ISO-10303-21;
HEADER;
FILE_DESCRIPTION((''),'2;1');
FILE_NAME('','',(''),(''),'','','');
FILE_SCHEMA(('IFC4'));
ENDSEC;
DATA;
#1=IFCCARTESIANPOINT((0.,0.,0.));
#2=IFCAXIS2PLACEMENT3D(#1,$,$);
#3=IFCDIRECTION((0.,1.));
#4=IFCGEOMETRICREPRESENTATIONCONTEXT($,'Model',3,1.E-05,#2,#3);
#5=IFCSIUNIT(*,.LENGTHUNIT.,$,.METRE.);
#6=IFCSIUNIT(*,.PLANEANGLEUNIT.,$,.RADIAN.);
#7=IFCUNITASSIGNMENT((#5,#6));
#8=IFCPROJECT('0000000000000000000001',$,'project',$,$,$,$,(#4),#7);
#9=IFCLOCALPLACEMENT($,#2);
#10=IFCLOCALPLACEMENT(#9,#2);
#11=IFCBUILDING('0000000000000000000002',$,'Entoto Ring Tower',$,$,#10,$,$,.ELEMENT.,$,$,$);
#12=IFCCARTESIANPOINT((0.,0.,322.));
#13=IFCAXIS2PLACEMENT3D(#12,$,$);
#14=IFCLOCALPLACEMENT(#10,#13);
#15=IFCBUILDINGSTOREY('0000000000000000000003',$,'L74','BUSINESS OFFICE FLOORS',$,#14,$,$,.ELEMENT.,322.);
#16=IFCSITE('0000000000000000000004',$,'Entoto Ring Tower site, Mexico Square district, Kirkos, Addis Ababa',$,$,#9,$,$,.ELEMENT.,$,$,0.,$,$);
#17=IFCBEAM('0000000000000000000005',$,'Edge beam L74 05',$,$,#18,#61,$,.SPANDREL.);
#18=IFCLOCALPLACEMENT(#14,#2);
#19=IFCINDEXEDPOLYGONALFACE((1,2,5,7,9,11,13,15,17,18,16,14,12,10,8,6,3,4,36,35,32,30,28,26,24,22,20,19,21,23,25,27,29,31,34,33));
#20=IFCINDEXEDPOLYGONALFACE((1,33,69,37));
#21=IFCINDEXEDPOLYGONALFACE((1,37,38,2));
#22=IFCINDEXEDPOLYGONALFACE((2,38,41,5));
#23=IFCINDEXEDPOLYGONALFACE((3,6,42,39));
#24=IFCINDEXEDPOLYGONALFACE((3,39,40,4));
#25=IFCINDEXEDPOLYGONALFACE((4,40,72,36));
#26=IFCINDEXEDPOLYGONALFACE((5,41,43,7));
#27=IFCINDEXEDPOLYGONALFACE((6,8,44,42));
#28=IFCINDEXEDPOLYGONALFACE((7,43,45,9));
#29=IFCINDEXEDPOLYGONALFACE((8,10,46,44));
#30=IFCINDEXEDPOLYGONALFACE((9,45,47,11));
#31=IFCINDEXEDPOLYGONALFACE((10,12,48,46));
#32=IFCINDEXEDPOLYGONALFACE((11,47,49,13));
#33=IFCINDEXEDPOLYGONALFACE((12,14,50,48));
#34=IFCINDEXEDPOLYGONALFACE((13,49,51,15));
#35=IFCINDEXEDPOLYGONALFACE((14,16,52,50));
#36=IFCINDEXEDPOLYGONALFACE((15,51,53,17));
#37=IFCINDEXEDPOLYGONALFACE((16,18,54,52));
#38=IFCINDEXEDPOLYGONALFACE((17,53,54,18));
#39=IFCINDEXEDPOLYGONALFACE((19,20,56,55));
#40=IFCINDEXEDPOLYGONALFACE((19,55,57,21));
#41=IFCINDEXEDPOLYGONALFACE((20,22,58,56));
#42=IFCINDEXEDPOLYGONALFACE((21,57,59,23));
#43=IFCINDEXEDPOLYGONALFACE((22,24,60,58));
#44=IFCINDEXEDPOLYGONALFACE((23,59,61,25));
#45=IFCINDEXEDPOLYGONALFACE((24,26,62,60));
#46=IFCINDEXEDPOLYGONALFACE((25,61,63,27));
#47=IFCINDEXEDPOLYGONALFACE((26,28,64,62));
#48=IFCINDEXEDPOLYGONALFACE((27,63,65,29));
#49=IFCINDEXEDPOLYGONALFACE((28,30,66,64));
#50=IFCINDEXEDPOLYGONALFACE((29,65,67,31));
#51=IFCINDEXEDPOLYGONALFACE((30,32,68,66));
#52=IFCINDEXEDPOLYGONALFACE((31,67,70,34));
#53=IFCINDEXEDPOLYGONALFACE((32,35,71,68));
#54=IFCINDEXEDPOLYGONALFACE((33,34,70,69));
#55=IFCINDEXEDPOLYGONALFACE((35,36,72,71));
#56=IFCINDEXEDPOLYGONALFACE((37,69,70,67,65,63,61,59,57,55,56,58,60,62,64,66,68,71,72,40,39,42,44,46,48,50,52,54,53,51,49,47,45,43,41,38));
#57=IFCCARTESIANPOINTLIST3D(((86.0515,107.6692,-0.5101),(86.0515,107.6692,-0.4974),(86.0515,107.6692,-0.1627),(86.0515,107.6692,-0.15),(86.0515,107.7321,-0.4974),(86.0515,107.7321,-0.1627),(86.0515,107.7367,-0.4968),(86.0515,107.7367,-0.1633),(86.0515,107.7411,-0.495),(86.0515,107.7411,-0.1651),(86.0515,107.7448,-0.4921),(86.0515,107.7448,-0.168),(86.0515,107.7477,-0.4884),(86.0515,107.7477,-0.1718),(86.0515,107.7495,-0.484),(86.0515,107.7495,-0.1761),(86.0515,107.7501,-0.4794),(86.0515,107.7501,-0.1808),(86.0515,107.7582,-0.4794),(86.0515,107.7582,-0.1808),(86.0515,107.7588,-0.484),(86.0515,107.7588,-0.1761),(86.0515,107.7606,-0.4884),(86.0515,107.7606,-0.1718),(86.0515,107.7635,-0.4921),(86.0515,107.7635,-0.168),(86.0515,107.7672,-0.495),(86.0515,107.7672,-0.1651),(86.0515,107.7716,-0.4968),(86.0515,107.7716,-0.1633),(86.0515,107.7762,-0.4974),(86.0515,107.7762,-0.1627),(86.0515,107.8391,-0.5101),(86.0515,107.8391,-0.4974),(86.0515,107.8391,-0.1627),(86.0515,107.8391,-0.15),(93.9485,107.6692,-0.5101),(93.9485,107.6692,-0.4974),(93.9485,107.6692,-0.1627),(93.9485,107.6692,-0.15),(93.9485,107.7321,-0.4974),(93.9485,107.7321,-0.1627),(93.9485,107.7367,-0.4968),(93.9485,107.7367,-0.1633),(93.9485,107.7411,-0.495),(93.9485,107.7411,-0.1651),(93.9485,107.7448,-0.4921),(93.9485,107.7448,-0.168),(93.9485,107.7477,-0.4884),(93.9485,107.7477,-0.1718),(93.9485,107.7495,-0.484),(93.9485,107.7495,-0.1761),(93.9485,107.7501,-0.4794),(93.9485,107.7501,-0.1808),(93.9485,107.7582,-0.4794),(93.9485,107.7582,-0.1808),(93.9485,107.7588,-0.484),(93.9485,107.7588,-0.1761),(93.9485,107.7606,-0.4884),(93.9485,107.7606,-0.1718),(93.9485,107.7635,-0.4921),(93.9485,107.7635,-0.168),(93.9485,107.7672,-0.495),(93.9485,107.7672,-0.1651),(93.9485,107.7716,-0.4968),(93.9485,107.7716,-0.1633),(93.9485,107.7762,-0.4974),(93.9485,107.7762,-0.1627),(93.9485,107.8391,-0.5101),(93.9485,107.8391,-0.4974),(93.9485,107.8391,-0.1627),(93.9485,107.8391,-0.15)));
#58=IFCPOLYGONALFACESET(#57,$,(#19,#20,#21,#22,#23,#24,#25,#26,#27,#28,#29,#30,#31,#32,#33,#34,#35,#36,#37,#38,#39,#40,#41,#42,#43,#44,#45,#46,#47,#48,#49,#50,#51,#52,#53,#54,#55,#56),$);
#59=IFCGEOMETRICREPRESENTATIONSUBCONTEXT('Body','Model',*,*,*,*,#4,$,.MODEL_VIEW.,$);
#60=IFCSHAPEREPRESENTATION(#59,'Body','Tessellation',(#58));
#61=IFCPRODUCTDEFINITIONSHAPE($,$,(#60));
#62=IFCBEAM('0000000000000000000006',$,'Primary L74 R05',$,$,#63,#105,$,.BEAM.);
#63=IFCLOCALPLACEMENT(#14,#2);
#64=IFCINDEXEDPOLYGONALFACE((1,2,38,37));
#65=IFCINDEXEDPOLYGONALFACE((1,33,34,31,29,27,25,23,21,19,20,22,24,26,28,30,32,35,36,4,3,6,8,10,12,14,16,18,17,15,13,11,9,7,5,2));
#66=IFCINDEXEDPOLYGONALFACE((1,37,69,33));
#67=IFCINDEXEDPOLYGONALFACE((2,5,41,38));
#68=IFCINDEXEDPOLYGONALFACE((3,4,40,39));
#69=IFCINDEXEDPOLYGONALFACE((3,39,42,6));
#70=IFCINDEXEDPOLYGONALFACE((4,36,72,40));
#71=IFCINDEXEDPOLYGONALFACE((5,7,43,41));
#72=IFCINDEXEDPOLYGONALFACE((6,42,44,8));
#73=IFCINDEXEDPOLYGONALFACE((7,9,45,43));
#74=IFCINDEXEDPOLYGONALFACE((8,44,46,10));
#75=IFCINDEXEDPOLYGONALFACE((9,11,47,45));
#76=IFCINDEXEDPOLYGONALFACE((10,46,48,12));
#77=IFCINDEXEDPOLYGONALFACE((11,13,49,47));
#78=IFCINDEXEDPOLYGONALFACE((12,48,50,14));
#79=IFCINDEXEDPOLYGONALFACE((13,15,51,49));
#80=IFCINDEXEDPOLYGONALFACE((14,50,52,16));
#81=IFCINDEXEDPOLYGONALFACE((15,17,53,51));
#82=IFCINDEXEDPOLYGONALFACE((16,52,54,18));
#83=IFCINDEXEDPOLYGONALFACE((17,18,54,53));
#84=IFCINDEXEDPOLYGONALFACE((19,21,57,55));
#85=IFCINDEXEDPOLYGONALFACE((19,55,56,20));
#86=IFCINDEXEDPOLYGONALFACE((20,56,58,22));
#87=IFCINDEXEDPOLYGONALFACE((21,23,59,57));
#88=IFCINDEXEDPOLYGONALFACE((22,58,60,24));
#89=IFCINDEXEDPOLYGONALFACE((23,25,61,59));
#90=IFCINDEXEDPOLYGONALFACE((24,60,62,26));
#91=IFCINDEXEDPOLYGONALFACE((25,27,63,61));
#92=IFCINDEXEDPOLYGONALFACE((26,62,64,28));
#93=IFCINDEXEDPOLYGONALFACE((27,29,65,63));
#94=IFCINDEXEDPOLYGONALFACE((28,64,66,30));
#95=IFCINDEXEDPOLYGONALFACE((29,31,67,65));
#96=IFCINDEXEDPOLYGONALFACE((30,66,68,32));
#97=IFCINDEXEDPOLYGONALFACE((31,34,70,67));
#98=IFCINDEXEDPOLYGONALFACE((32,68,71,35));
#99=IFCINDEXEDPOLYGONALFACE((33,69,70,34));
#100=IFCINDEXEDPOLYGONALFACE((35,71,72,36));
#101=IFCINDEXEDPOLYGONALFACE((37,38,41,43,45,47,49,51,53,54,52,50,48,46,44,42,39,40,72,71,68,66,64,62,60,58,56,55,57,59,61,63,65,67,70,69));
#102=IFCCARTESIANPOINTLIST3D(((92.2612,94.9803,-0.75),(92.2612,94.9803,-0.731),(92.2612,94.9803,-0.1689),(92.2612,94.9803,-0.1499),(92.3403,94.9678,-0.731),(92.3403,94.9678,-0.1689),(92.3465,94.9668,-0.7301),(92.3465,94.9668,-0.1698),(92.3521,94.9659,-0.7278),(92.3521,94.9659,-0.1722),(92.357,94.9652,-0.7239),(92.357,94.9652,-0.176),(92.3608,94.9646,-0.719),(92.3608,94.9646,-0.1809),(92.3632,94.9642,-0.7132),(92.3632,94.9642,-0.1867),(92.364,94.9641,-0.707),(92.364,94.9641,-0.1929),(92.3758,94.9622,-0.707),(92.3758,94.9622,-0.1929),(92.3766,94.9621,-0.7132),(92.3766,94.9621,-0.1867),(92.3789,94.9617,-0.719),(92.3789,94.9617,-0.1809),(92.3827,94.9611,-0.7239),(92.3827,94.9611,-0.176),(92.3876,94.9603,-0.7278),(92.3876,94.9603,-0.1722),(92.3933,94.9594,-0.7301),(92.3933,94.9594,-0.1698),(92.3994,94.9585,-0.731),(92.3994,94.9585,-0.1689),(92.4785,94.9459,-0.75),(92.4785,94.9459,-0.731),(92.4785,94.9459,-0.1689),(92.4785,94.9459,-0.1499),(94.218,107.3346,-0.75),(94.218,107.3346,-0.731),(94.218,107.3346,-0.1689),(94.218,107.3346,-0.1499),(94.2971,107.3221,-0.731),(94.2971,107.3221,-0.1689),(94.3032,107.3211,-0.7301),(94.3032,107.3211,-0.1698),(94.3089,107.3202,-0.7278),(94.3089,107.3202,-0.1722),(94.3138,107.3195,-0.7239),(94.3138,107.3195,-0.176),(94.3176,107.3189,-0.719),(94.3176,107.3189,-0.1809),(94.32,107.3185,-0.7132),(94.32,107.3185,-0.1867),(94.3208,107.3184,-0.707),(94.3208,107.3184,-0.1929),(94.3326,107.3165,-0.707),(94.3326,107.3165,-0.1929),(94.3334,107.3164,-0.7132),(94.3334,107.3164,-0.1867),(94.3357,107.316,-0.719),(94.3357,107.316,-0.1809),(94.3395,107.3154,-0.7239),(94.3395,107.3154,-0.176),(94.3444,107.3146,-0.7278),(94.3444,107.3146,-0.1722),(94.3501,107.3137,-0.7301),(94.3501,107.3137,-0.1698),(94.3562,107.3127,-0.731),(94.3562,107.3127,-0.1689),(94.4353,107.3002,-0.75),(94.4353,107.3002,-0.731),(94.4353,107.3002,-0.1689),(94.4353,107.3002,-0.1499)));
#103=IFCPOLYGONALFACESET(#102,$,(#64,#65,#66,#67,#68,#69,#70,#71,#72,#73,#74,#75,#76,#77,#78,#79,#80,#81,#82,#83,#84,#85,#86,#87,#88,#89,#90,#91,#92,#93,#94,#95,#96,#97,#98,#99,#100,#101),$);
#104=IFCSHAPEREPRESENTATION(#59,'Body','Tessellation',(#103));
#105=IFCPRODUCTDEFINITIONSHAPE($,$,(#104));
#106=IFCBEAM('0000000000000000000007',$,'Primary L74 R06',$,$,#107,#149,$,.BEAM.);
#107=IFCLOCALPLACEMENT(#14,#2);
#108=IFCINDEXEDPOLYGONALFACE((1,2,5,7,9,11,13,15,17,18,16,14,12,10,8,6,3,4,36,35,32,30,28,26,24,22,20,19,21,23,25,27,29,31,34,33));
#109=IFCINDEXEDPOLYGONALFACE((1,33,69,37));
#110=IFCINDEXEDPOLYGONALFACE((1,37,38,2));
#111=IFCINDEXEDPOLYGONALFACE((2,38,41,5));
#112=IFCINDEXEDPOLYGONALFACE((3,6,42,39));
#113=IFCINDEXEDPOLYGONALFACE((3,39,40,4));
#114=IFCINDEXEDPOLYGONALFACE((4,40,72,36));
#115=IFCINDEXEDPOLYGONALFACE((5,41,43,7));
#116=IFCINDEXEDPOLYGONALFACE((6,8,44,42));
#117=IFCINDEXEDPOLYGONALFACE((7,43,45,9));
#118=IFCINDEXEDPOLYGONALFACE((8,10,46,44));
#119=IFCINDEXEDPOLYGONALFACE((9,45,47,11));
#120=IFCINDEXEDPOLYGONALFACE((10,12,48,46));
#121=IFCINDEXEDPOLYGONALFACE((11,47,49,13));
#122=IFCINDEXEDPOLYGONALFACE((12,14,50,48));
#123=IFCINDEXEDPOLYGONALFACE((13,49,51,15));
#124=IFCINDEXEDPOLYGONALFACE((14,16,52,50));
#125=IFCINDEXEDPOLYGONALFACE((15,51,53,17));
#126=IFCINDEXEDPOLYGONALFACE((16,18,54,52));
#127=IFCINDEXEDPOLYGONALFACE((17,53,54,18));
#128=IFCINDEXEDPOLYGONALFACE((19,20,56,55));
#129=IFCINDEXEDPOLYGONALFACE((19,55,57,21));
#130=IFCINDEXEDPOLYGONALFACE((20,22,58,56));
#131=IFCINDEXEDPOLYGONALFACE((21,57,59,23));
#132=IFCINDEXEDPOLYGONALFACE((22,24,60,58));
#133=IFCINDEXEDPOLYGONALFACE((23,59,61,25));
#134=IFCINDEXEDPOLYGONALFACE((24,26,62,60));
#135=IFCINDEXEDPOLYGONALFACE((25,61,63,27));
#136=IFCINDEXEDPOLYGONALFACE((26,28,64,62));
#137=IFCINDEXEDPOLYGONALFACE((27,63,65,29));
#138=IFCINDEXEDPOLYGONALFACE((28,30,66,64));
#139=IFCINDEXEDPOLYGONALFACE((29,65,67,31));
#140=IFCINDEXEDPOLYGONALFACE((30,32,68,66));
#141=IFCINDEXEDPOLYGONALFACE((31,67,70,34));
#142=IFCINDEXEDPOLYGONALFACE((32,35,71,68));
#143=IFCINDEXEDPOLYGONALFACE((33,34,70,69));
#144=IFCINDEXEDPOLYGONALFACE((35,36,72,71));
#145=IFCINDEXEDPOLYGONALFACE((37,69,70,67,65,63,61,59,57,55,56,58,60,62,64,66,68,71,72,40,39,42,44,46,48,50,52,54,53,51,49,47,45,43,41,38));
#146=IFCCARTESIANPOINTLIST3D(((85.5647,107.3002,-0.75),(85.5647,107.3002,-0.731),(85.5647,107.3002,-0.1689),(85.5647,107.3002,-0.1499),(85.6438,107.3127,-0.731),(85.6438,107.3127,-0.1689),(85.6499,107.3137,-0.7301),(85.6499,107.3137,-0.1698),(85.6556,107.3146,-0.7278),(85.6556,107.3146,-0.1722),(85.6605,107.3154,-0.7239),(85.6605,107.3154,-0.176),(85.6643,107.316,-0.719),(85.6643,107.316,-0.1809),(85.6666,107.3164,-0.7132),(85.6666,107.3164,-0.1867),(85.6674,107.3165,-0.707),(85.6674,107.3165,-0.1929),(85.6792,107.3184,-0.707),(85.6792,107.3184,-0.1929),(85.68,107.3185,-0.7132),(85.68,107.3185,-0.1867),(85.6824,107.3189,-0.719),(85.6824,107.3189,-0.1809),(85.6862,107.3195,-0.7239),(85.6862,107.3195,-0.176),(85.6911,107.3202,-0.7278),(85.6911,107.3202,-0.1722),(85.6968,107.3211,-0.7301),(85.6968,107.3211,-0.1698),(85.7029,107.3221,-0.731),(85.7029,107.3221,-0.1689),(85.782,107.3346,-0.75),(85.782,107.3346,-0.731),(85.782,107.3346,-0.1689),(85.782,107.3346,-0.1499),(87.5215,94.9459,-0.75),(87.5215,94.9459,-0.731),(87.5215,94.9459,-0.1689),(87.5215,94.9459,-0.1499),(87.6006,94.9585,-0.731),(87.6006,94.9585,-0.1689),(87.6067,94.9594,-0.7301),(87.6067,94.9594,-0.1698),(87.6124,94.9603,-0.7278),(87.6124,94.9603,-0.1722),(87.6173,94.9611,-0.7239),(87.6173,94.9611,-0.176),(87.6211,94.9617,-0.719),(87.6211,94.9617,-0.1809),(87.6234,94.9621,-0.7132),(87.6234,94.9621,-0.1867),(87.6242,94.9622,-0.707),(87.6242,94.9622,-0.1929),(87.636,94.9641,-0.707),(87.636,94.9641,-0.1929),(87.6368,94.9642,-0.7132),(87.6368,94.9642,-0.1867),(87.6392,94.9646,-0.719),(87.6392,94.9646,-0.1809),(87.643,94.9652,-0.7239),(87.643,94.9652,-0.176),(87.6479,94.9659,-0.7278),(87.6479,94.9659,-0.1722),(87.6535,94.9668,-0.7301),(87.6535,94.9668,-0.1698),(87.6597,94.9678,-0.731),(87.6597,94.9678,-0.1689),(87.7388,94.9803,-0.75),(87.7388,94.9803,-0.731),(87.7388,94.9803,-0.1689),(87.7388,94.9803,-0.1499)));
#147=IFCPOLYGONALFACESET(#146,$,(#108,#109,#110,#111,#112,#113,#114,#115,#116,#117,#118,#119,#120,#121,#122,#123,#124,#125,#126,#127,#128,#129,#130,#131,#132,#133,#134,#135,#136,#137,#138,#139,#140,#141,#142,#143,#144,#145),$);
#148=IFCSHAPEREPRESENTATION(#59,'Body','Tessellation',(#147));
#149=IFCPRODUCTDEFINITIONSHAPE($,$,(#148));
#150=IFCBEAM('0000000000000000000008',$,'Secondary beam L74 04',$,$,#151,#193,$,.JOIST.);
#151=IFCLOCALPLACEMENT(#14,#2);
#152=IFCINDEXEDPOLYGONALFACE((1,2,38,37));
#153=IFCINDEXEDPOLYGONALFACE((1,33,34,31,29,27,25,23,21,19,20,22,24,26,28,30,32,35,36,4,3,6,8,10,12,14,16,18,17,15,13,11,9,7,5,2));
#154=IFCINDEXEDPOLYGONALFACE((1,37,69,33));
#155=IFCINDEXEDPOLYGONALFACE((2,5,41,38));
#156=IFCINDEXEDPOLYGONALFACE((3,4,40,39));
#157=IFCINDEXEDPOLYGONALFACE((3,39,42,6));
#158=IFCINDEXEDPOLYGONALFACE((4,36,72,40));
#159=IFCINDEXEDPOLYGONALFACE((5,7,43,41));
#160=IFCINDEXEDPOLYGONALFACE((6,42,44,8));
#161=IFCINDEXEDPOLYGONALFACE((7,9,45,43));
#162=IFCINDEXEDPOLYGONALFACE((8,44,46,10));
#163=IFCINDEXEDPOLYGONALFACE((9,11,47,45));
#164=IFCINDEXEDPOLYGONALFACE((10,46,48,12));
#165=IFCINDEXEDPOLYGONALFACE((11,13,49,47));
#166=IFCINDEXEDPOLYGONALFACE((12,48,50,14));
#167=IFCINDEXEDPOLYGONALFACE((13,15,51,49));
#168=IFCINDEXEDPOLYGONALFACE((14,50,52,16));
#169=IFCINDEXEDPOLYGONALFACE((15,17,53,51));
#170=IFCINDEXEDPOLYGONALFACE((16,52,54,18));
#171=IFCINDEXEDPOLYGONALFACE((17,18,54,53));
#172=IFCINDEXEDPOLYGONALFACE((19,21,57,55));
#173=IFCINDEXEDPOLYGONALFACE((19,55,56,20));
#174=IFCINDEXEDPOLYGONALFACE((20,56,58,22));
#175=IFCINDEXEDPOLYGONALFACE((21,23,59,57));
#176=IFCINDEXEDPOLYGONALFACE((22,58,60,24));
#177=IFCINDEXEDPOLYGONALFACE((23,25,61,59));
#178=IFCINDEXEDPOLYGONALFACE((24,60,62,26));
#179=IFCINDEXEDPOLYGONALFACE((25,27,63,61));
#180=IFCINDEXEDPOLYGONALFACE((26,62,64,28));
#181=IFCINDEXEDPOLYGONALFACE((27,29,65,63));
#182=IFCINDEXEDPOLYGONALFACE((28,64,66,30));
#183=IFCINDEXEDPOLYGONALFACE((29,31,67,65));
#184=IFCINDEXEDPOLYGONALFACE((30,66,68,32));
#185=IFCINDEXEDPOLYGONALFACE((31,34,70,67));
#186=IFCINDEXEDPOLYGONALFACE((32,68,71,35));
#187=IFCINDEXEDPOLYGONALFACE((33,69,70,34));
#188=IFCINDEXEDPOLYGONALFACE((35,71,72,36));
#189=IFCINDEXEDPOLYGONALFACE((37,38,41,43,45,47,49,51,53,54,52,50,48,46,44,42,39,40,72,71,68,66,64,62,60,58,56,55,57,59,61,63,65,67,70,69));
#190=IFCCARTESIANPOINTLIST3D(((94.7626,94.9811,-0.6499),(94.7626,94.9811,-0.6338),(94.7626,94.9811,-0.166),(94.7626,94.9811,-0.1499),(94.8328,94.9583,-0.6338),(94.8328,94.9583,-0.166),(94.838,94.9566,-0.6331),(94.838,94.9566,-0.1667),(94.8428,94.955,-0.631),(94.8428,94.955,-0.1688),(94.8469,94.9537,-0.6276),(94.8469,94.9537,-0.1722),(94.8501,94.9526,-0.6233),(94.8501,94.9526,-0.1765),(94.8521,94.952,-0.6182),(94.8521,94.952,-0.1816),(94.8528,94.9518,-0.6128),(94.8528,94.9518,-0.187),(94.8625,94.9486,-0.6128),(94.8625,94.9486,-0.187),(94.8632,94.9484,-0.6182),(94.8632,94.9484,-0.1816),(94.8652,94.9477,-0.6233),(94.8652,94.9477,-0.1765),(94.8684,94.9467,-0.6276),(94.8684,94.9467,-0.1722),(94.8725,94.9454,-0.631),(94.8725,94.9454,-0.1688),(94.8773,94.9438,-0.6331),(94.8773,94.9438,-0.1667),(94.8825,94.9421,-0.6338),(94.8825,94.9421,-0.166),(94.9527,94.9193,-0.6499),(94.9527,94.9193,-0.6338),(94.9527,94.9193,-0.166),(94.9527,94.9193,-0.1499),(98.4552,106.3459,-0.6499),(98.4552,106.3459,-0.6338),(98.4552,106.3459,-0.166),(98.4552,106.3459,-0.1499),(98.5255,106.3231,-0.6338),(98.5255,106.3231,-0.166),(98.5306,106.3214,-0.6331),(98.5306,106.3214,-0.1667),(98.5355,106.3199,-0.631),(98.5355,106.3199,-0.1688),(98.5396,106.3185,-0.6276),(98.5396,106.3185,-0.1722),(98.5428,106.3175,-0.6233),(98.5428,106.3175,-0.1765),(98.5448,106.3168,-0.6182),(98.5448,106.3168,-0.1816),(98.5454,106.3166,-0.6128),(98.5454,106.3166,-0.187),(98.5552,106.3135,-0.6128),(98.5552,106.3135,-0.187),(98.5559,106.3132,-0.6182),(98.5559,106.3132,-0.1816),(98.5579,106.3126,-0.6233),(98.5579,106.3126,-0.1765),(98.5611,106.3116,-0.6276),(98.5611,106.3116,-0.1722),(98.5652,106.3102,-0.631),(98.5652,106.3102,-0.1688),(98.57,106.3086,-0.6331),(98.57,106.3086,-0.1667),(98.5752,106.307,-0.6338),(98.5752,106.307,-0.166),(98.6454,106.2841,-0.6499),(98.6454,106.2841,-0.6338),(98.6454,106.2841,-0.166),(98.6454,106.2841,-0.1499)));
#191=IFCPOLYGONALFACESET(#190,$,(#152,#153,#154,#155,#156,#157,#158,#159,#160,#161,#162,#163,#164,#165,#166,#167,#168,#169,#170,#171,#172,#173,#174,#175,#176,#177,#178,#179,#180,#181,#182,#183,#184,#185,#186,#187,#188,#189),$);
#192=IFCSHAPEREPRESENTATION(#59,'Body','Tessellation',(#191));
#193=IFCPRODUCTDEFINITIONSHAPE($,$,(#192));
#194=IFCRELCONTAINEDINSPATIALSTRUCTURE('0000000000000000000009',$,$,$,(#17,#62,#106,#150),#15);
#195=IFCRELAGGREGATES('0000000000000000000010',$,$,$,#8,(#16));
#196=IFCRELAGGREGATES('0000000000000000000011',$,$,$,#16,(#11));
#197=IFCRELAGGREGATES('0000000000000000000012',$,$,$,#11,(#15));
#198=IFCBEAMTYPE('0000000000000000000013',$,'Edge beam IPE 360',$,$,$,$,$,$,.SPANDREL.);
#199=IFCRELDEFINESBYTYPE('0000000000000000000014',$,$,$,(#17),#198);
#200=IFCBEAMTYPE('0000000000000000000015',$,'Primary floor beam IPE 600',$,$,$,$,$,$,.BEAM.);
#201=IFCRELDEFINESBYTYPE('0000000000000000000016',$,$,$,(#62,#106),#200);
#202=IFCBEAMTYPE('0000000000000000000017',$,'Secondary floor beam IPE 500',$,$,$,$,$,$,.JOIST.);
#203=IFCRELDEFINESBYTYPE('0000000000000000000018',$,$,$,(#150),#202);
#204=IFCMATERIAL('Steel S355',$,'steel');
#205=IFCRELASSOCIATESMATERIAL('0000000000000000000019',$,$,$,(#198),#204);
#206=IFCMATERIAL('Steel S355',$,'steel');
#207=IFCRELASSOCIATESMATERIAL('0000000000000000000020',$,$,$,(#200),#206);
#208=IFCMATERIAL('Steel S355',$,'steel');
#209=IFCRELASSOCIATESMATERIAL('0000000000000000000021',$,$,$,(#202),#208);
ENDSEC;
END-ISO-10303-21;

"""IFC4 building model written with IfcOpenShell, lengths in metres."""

from ifc_helpers import new_model, si_unit, direction, frame, origin, origin_2d, place, context, subcontext, project, spatial, i_section, extrude, material, material_profile, profile_set, type_object, element, save


model = new_model("IFC4")

# Units and contexts
model_context = context("Model", 3, precision=1e-05, world=origin(), true_north=direction((0.0, 1.0)))
body_context = subcontext(model_context, "Body", "Model", "MODEL_VIEW")
ifc_project = project(units=[si_unit("LENGTHUNIT", "METRE"), si_unit("PLANEANGLEUNIT", "RADIAN")], contexts=[model_context])

# Site, building, storey
site_placement = place(None, origin())
site = spatial("IfcSite", under=ifc_project, at=site_placement, Name="Entoto Ring Tower site, Mexico Square district, Kirkos, Addis Ababa", CompositionType="ELEMENT", RefElevation=0.0)
building_placement = place(site_placement, origin())
building = spatial("IfcBuilding", under=site, at=building_placement, Name="Entoto Ring Tower", CompositionType="ELEMENT")
storey_placement = place(building_placement, frame((0.0, 0.0, 322.0)))
storey = spatial("IfcBuildingStorey", under=building, at=storey_placement, Name="L74", Description="BUSINESS OFFICE FLOORS", CompositionType="ELEMENT", Elevation=322.0)

# Beams
ifc_material_1 = material(Name="Steel S355", Category="steel")
ifc_material_profile_1 = material_profile(ifc_material_1, i_section(OverallWidth=0.1699, OverallDepth=0.3601, WebThickness=0.0081, FlangeThickness=0.0127, FilletRadius=0.0181, at=origin_2d()), Name="IPE 360")
ifc_profile_set_1 = profile_set([ifc_material_profile_1], Name="Steel S355")
beam_type_1 = type_object("IfcBeamType", Name="Edge beam IPE 360", PredefinedType="SPANDREL", material=ifc_profile_set_1)
beam_1_placement = place(storey_placement, frame((93.9485, 107.7542, -0.3301), z_axis=(-1.0, 0.0, 0.0), x_axis=(0.0, -1.0, 0.0)))
element("IfcBeam", 1, at=beam_1_placement, inside=storey, type_object=beam_type_1, Name="Edge beam L74 05", PredefinedType="SPANDREL", context=body_context, shape_type="SweptSolid", body=[
    extrude(i_section(OverallWidth=0.1699, OverallDepth=0.3601, WebThickness=0.0081, FlangeThickness=0.0127, FilletRadius=0.0181, at=origin_2d()), origin(), (0.0, 0.0, 1.0), 7.897),
])
ifc_material_2 = material(Name="Steel S355", Category="steel")
ifc_material_profile_2 = material_profile(ifc_material_2, i_section(OverallWidth=0.22, OverallDepth=0.6001, WebThickness=0.012, FlangeThickness=0.019, FilletRadius=0.0239, at=origin_2d()), Name="IPE 600")
ifc_profile_set_2 = profile_set([ifc_material_profile_2], Name="Steel S355")
beam_type_2 = type_object("IfcBeamType", Name="Primary floor beam IPE 600", PredefinedType="BEAM", material=ifc_profile_set_2)
for number, where, z_axis, x_axis, name in (
    (2, (92.3699, 94.9631, -0.45), (0.15644, 0.987688, 0.0), (-0.987688, 0.15644, 0.0), "Primary L74 R05"),
    (3, (87.6301, 94.9631, -0.45), (-0.15644, 0.987688, 0.0), (-0.987688, -0.15644, 0.0), "Primary L74 R06"),
):
    element("IfcBeam", number, at=place(storey_placement, frame(where, z_axis=z_axis, x_axis=x_axis)), inside=storey, type_object=beam_type_2, Name=name, PredefinedType="BEAM", context=body_context, shape_type="SweptSolid", body=[
        extrude(i_section(OverallWidth=0.22, OverallDepth=0.6001, WebThickness=0.012, FlangeThickness=0.019, FilletRadius=0.0239, at=origin_2d()), origin(), (0.0, 0.0, 1.0), 12.5083),
    ])
ifc_material_3 = material(Name="Steel S355", Category="steel")
ifc_material_profile_3 = material_profile(ifc_material_3, i_section(OverallWidth=0.2, OverallDepth=0.5, WebThickness=0.0103, FlangeThickness=0.0161, FilletRadius=0.021, at=origin_2d()), Name="IPE 500")
ifc_profile_set_3 = profile_set([ifc_material_profile_3], Name="Steel S355")
beam_type_3 = type_object("IfcBeamType", Name="Secondary floor beam IPE 500", PredefinedType="JOIST", material=ifc_profile_set_3)
beam_2_placement = place(storey_placement, frame((94.8577, 94.9502, -0.3999), z_axis=(0.309017, 0.951057, 0.0), x_axis=(-0.951057, 0.309017, 0.0)))
element("IfcBeam", 4, at=beam_2_placement, inside=storey, type_object=beam_type_3, Name="Secondary beam L74 04", PredefinedType="JOIST", context=body_context, shape_type="SweptSolid", body=[
    extrude(i_section(OverallWidth=0.2, OverallDepth=0.5, WebThickness=0.0103, FlangeThickness=0.0161, FilletRadius=0.021, at=origin_2d()), origin(), (0.0, 0.0, 1.0), 11.9497),
])

save(model, "model.ifc")
